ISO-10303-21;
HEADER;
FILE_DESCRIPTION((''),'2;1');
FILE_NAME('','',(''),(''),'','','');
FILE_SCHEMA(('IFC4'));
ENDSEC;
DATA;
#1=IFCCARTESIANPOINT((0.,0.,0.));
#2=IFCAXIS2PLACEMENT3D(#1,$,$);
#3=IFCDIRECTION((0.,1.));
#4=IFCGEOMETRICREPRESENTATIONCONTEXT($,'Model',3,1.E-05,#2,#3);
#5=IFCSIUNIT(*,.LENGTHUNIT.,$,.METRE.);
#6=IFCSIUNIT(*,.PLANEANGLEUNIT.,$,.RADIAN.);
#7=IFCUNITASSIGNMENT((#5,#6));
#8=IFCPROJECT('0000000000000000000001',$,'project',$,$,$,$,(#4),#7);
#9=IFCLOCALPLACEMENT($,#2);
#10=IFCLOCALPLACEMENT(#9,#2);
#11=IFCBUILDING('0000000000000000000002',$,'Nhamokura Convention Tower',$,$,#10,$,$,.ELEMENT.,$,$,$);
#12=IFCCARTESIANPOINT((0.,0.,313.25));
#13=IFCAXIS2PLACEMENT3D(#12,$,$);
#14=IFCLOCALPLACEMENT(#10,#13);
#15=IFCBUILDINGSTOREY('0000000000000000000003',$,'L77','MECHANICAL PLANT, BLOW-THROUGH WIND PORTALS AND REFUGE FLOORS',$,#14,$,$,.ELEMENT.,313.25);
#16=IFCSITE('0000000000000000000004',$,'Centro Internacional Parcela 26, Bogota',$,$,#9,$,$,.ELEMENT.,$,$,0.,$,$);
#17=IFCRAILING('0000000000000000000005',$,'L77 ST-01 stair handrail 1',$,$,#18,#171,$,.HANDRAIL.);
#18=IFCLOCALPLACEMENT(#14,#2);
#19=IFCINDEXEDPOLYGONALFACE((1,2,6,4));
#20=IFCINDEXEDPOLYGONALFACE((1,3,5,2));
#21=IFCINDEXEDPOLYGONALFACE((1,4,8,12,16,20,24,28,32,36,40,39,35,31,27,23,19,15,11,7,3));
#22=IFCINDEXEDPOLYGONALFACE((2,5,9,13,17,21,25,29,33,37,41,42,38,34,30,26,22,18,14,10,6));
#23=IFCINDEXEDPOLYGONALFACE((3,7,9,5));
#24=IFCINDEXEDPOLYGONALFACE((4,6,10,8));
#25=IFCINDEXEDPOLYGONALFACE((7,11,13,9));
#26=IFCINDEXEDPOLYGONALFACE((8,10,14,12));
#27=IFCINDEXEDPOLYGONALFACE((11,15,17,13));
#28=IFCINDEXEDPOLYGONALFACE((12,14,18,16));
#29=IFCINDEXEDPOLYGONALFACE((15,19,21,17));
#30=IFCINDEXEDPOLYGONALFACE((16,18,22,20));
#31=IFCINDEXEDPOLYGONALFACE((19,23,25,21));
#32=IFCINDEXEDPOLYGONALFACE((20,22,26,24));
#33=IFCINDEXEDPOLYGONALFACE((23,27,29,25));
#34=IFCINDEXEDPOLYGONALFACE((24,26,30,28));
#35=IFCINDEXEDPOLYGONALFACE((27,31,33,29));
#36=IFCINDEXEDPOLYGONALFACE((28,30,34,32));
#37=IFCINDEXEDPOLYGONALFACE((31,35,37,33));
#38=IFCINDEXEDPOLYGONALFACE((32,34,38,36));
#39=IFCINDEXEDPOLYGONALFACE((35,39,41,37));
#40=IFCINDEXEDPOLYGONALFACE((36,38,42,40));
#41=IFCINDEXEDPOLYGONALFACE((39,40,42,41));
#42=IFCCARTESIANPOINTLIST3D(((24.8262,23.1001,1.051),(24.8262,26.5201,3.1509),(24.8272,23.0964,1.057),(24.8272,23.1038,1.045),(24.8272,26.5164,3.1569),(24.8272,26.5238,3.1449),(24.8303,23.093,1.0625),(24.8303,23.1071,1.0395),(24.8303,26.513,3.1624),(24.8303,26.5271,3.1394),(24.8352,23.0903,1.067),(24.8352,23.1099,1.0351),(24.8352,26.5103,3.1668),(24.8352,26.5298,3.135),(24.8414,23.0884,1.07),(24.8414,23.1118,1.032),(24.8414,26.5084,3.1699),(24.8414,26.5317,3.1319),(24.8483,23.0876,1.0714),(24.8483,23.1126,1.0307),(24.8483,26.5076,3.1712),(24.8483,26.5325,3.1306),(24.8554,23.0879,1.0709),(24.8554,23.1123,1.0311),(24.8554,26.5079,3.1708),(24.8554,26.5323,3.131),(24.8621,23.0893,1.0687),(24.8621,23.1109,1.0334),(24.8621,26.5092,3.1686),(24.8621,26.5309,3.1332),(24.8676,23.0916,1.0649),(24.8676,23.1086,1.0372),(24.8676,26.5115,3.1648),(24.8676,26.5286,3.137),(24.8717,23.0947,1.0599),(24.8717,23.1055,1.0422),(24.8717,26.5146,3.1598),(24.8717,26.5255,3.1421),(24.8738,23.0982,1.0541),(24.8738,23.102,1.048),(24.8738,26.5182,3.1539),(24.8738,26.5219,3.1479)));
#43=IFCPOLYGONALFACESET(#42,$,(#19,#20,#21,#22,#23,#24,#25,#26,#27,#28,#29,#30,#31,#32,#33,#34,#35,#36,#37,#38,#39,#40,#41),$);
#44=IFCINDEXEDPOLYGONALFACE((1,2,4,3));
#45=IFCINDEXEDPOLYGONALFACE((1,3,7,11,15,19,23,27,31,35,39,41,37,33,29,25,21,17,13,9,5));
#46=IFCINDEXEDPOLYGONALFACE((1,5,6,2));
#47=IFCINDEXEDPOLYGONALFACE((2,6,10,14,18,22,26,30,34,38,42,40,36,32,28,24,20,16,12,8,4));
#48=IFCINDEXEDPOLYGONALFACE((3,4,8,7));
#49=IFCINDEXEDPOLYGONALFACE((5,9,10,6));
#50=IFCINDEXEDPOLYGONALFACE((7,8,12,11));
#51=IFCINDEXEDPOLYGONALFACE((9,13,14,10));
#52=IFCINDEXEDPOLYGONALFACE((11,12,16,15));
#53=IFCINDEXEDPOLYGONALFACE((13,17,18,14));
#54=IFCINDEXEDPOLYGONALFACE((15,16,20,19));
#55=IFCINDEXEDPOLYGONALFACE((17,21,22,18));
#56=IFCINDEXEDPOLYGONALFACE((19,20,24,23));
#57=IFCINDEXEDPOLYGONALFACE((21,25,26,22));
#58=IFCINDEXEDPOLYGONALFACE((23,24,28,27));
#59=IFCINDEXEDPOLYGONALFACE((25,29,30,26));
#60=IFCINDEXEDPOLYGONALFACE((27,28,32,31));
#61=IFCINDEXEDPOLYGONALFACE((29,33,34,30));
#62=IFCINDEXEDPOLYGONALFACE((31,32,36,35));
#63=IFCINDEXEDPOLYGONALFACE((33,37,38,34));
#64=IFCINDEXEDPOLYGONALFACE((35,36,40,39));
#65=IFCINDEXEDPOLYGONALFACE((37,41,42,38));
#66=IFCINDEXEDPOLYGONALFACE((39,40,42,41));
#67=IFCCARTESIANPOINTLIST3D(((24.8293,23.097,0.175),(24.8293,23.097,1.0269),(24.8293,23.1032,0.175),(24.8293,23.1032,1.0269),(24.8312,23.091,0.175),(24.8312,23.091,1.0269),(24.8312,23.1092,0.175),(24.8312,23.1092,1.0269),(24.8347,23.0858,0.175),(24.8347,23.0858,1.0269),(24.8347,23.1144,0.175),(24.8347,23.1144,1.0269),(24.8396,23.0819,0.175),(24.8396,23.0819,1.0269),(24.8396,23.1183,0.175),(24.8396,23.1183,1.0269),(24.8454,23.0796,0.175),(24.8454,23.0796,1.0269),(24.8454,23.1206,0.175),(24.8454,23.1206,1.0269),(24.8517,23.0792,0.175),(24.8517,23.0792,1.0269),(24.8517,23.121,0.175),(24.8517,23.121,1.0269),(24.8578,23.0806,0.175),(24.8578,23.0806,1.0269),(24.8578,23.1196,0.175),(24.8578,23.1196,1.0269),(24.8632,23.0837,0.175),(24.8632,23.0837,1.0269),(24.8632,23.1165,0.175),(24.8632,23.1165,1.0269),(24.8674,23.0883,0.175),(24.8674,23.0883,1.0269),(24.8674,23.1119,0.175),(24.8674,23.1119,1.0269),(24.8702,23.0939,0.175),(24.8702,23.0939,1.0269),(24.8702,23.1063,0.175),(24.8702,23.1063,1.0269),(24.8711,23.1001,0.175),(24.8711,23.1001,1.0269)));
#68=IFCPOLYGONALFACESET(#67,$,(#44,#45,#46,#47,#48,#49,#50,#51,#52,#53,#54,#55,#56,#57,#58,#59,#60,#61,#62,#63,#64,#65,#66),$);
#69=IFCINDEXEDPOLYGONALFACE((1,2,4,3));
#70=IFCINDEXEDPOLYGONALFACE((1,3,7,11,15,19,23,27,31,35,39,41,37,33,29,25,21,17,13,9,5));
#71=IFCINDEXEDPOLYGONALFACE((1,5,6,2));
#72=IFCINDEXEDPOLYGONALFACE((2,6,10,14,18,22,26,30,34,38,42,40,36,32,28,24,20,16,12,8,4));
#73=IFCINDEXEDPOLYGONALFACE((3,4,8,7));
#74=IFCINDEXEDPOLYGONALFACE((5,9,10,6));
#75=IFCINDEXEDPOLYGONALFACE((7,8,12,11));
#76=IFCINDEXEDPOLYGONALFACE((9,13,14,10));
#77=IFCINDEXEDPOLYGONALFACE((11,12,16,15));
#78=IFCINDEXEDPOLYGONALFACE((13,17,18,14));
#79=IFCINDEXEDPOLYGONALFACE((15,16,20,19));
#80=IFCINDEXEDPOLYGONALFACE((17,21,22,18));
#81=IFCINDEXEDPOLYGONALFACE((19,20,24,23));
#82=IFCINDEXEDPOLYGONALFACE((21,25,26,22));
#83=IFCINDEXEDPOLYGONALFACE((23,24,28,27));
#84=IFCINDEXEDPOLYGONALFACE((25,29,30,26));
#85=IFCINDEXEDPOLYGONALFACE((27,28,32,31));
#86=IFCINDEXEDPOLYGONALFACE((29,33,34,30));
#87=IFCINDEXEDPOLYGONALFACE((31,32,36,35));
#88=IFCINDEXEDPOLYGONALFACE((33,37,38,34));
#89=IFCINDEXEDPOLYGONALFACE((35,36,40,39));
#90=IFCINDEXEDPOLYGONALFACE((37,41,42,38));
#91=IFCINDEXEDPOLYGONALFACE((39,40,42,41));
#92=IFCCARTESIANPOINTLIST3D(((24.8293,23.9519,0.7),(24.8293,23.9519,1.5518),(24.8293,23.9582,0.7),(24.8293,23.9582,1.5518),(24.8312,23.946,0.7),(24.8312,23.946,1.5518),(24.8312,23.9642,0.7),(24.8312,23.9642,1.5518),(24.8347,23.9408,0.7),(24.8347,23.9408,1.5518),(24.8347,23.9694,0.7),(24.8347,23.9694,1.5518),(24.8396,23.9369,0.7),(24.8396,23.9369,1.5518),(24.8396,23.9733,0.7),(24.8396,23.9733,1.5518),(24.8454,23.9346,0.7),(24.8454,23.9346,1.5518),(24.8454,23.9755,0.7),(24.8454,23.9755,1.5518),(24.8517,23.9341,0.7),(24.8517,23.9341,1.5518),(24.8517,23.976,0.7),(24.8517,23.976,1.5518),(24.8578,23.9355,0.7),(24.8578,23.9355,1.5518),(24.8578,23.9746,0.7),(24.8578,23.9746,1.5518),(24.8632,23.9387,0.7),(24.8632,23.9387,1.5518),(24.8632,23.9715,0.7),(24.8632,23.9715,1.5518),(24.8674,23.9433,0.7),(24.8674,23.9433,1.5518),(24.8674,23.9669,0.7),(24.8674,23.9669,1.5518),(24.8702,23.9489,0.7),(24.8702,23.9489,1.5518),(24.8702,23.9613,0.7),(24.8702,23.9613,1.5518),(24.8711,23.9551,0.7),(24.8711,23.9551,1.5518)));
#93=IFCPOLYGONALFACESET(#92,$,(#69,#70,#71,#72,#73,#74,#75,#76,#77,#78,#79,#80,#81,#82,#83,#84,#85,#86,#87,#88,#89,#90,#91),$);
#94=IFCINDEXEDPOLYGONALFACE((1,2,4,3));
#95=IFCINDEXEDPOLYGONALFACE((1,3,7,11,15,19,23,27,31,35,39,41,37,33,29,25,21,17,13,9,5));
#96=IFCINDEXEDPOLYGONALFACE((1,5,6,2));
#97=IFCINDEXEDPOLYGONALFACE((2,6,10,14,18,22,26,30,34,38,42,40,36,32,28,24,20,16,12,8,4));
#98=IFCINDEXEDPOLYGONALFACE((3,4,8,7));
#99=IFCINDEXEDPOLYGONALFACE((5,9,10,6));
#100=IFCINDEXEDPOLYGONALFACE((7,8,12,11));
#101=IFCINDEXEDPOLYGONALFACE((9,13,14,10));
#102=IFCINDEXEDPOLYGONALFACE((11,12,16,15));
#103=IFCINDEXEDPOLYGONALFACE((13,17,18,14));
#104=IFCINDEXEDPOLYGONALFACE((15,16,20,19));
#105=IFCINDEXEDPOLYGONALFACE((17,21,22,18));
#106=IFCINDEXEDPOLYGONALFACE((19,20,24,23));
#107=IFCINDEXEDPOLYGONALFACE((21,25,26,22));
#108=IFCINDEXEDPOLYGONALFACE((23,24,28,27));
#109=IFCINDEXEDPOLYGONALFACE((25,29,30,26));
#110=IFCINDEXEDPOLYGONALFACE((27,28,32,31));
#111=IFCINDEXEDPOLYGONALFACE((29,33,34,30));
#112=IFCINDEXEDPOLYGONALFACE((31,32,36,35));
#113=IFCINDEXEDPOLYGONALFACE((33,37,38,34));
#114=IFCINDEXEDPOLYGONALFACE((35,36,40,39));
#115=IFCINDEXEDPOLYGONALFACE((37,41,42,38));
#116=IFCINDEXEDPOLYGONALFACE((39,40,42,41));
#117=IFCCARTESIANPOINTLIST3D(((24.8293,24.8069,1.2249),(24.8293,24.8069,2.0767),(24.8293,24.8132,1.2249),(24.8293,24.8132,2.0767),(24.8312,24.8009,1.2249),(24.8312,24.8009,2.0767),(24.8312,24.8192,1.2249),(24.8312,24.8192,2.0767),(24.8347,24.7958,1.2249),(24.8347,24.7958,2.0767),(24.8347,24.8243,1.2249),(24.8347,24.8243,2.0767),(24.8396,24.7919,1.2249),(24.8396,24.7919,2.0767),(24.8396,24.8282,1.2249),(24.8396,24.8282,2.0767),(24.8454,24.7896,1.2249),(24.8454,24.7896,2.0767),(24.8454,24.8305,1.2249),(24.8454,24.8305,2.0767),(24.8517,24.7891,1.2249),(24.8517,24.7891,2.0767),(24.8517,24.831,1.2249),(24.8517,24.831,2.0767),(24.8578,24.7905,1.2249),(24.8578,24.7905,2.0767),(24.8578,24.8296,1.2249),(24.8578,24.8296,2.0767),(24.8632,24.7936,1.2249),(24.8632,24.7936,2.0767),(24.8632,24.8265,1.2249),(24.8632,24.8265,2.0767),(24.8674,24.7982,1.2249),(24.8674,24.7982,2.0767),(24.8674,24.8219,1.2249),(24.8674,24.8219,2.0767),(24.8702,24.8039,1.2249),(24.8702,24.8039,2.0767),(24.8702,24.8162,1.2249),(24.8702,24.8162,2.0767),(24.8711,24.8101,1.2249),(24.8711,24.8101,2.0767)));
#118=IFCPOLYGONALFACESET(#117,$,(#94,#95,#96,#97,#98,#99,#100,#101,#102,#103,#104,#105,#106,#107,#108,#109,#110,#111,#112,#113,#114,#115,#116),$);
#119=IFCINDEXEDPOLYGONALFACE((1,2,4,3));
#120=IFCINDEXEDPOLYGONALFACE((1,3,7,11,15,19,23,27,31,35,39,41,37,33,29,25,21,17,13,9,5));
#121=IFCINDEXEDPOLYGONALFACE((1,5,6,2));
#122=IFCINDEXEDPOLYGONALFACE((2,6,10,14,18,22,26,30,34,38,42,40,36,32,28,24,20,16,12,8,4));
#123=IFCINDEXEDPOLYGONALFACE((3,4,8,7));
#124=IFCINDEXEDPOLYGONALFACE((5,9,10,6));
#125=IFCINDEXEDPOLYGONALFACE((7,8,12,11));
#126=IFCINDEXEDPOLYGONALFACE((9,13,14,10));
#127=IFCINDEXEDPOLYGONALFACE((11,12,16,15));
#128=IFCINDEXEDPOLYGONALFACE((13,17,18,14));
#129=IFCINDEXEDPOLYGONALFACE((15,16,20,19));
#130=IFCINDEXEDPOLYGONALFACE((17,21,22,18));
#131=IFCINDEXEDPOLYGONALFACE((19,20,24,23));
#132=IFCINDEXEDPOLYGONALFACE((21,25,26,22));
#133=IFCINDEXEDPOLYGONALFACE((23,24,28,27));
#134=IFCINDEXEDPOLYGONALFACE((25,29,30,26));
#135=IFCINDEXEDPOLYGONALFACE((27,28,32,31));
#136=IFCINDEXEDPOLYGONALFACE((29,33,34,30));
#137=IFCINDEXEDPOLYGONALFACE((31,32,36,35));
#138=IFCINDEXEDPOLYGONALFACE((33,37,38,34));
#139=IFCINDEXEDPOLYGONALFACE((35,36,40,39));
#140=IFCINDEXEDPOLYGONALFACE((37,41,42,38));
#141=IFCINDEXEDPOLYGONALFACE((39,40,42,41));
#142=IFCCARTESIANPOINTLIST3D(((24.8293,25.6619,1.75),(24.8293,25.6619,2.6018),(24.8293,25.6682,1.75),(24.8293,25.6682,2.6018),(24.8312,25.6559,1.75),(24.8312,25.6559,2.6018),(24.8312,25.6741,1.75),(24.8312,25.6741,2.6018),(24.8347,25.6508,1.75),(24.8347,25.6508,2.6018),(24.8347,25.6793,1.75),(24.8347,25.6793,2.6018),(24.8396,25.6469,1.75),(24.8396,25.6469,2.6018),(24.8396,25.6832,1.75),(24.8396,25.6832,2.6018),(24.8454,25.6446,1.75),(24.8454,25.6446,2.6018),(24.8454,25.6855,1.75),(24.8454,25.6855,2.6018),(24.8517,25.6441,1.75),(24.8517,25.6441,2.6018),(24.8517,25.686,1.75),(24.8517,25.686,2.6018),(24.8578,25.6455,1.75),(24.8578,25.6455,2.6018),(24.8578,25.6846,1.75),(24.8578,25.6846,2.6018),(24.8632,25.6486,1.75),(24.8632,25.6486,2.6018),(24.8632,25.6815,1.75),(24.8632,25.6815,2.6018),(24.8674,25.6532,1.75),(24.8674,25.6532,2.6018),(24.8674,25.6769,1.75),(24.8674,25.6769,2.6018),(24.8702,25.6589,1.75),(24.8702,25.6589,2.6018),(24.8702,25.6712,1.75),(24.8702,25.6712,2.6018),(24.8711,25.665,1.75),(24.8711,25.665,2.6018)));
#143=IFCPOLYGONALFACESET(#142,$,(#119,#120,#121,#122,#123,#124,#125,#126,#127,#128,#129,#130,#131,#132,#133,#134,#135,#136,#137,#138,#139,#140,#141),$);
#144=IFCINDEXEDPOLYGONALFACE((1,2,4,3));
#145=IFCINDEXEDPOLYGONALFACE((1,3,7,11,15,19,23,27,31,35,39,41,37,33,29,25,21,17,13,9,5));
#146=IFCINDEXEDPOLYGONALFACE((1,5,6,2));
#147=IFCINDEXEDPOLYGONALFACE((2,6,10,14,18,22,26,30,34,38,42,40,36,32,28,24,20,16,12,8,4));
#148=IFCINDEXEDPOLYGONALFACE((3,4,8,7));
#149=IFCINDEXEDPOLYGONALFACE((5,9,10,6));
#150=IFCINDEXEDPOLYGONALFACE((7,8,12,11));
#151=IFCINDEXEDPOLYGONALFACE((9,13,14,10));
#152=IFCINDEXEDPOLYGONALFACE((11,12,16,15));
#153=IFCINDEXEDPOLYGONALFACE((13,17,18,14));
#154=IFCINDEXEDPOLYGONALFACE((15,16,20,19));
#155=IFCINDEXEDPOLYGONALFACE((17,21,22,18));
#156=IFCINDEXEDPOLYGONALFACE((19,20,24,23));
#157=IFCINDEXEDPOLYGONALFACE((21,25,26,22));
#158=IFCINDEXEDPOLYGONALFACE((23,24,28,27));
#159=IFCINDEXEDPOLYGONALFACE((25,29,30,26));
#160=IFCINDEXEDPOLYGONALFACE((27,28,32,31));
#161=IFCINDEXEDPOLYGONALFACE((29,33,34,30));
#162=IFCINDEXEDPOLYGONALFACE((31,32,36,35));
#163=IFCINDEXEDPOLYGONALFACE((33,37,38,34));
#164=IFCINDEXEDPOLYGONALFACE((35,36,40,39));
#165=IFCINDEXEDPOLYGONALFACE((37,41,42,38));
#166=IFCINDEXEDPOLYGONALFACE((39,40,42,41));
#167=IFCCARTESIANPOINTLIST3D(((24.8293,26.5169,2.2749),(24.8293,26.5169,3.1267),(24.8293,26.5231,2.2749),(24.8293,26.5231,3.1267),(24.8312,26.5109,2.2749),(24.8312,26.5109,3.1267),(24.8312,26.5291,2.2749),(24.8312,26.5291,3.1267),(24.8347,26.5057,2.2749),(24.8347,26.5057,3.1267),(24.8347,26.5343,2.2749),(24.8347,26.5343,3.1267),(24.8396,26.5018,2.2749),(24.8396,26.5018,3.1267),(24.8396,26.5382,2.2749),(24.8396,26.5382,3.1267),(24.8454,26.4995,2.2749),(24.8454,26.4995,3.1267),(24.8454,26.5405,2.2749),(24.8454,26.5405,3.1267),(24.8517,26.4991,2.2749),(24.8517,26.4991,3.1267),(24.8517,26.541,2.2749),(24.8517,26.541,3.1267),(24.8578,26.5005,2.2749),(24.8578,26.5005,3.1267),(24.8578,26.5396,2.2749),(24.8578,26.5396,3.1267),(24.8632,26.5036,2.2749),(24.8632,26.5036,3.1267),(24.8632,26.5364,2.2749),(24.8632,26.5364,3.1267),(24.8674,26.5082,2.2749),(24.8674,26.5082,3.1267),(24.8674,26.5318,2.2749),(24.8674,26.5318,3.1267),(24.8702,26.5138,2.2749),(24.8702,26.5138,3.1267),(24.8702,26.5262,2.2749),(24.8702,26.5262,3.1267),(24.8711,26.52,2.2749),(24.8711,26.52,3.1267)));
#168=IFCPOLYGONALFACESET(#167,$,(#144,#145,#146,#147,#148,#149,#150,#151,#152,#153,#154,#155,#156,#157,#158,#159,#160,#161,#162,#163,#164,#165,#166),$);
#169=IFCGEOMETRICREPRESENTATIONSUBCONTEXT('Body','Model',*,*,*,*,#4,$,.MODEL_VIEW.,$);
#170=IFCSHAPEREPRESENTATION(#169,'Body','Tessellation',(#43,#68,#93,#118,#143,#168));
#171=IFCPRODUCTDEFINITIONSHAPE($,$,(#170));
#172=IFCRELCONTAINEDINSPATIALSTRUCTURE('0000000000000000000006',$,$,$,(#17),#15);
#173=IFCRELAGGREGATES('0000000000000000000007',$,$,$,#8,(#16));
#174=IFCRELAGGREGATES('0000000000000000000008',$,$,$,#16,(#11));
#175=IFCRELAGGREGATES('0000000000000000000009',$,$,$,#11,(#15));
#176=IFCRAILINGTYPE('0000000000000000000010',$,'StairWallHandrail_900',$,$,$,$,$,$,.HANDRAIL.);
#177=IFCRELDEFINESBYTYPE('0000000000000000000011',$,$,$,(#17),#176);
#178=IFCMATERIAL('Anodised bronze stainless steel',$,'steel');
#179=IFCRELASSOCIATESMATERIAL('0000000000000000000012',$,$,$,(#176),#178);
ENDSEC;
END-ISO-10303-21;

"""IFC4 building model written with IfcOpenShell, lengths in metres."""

from ifc_helpers import new_model, si_unit, direction, frame, origin, origin_2d, place, context, subcontext, project, spatial, circle, extrude, material, type_object, element, save


model = new_model("IFC4")

# Units and contexts
model_context = context("Model", 3, precision=1e-05, world=origin(), true_north=direction((0.0, 1.0)))
body_context = subcontext(model_context, "Body", "Model", "MODEL_VIEW")
ifc_project = project(units=[si_unit("LENGTHUNIT", "METRE"), si_unit("PLANEANGLEUNIT", "RADIAN")], contexts=[model_context])

# Site, building, storey
site_placement = place(None, origin())
site = spatial("IfcSite", under=ifc_project, at=site_placement, Name="Centro Internacional Parcela 26, Bogota", CompositionType="ELEMENT", RefElevation=0.0)
building_placement = place(site_placement, origin())
building = spatial("IfcBuilding", under=site, at=building_placement, Name="Nhamokura Convention Tower", CompositionType="ELEMENT")
storey_placement = place(building_placement, frame((0.0, 0.0, 313.25)))
storey = spatial("IfcBuildingStorey", under=building, at=storey_placement, Name="L77", Description="MECHANICAL PLANT, BLOW-THROUGH WIND PORTALS AND REFUGE FLOORS", CompositionType="ELEMENT", Elevation=313.25)

# Railing
ifc_material_1 = material(Name="Anodised bronze stainless steel", Category="steel")
railing_type_1 = type_object("IfcRailingType", Name="StairWallHandrail_900", PredefinedType="HANDRAIL", material=ifc_material_1)
railing_1_placement = place(storey_placement, frame((24.8501, 23.1001, 0.175)))
element("IfcRailing", 1, at=railing_1_placement, inside=storey, type_object=railing_type_1, Name="L77 ST-01 stair handrail 1", PredefinedType="HANDRAIL", context=body_context, shape_type="SweptSolid", body=[
    extrude(circle(Radius=0.0239, at=origin_2d()), frame((0.0, 0.0, 0.876), z_axis=(0.0, 0.852182, 0.523245), x_axis=(-1.0, 0.0, 0.0)), (0.0, 0.0, 1.0), 4.0132),
    extrude(circle(Radius=0.021, at=origin_2d()), origin(), (0.0, 0.0, 1.0), 0.8518),
    extrude(circle(Radius=0.021, at=origin_2d()), frame((0.0, 0.855, 0.5249)), (0.0, 0.0, 1.0), 0.8518),
    extrude(circle(Radius=0.021, at=origin_2d()), frame((0.0, 1.71, 1.0498)), (0.0, 0.0, 1.0), 0.8518),
    extrude(circle(Radius=0.021, at=origin_2d()), frame((0.0, 2.5649, 1.575)), (0.0, 0.0, 1.0), 0.8518),
    extrude(circle(Radius=0.021, at=origin_2d()), frame((0.0, 3.4199, 2.0999)), (0.0, 0.0, 1.0), 0.8518),
])

save(model, "model.ifc")
